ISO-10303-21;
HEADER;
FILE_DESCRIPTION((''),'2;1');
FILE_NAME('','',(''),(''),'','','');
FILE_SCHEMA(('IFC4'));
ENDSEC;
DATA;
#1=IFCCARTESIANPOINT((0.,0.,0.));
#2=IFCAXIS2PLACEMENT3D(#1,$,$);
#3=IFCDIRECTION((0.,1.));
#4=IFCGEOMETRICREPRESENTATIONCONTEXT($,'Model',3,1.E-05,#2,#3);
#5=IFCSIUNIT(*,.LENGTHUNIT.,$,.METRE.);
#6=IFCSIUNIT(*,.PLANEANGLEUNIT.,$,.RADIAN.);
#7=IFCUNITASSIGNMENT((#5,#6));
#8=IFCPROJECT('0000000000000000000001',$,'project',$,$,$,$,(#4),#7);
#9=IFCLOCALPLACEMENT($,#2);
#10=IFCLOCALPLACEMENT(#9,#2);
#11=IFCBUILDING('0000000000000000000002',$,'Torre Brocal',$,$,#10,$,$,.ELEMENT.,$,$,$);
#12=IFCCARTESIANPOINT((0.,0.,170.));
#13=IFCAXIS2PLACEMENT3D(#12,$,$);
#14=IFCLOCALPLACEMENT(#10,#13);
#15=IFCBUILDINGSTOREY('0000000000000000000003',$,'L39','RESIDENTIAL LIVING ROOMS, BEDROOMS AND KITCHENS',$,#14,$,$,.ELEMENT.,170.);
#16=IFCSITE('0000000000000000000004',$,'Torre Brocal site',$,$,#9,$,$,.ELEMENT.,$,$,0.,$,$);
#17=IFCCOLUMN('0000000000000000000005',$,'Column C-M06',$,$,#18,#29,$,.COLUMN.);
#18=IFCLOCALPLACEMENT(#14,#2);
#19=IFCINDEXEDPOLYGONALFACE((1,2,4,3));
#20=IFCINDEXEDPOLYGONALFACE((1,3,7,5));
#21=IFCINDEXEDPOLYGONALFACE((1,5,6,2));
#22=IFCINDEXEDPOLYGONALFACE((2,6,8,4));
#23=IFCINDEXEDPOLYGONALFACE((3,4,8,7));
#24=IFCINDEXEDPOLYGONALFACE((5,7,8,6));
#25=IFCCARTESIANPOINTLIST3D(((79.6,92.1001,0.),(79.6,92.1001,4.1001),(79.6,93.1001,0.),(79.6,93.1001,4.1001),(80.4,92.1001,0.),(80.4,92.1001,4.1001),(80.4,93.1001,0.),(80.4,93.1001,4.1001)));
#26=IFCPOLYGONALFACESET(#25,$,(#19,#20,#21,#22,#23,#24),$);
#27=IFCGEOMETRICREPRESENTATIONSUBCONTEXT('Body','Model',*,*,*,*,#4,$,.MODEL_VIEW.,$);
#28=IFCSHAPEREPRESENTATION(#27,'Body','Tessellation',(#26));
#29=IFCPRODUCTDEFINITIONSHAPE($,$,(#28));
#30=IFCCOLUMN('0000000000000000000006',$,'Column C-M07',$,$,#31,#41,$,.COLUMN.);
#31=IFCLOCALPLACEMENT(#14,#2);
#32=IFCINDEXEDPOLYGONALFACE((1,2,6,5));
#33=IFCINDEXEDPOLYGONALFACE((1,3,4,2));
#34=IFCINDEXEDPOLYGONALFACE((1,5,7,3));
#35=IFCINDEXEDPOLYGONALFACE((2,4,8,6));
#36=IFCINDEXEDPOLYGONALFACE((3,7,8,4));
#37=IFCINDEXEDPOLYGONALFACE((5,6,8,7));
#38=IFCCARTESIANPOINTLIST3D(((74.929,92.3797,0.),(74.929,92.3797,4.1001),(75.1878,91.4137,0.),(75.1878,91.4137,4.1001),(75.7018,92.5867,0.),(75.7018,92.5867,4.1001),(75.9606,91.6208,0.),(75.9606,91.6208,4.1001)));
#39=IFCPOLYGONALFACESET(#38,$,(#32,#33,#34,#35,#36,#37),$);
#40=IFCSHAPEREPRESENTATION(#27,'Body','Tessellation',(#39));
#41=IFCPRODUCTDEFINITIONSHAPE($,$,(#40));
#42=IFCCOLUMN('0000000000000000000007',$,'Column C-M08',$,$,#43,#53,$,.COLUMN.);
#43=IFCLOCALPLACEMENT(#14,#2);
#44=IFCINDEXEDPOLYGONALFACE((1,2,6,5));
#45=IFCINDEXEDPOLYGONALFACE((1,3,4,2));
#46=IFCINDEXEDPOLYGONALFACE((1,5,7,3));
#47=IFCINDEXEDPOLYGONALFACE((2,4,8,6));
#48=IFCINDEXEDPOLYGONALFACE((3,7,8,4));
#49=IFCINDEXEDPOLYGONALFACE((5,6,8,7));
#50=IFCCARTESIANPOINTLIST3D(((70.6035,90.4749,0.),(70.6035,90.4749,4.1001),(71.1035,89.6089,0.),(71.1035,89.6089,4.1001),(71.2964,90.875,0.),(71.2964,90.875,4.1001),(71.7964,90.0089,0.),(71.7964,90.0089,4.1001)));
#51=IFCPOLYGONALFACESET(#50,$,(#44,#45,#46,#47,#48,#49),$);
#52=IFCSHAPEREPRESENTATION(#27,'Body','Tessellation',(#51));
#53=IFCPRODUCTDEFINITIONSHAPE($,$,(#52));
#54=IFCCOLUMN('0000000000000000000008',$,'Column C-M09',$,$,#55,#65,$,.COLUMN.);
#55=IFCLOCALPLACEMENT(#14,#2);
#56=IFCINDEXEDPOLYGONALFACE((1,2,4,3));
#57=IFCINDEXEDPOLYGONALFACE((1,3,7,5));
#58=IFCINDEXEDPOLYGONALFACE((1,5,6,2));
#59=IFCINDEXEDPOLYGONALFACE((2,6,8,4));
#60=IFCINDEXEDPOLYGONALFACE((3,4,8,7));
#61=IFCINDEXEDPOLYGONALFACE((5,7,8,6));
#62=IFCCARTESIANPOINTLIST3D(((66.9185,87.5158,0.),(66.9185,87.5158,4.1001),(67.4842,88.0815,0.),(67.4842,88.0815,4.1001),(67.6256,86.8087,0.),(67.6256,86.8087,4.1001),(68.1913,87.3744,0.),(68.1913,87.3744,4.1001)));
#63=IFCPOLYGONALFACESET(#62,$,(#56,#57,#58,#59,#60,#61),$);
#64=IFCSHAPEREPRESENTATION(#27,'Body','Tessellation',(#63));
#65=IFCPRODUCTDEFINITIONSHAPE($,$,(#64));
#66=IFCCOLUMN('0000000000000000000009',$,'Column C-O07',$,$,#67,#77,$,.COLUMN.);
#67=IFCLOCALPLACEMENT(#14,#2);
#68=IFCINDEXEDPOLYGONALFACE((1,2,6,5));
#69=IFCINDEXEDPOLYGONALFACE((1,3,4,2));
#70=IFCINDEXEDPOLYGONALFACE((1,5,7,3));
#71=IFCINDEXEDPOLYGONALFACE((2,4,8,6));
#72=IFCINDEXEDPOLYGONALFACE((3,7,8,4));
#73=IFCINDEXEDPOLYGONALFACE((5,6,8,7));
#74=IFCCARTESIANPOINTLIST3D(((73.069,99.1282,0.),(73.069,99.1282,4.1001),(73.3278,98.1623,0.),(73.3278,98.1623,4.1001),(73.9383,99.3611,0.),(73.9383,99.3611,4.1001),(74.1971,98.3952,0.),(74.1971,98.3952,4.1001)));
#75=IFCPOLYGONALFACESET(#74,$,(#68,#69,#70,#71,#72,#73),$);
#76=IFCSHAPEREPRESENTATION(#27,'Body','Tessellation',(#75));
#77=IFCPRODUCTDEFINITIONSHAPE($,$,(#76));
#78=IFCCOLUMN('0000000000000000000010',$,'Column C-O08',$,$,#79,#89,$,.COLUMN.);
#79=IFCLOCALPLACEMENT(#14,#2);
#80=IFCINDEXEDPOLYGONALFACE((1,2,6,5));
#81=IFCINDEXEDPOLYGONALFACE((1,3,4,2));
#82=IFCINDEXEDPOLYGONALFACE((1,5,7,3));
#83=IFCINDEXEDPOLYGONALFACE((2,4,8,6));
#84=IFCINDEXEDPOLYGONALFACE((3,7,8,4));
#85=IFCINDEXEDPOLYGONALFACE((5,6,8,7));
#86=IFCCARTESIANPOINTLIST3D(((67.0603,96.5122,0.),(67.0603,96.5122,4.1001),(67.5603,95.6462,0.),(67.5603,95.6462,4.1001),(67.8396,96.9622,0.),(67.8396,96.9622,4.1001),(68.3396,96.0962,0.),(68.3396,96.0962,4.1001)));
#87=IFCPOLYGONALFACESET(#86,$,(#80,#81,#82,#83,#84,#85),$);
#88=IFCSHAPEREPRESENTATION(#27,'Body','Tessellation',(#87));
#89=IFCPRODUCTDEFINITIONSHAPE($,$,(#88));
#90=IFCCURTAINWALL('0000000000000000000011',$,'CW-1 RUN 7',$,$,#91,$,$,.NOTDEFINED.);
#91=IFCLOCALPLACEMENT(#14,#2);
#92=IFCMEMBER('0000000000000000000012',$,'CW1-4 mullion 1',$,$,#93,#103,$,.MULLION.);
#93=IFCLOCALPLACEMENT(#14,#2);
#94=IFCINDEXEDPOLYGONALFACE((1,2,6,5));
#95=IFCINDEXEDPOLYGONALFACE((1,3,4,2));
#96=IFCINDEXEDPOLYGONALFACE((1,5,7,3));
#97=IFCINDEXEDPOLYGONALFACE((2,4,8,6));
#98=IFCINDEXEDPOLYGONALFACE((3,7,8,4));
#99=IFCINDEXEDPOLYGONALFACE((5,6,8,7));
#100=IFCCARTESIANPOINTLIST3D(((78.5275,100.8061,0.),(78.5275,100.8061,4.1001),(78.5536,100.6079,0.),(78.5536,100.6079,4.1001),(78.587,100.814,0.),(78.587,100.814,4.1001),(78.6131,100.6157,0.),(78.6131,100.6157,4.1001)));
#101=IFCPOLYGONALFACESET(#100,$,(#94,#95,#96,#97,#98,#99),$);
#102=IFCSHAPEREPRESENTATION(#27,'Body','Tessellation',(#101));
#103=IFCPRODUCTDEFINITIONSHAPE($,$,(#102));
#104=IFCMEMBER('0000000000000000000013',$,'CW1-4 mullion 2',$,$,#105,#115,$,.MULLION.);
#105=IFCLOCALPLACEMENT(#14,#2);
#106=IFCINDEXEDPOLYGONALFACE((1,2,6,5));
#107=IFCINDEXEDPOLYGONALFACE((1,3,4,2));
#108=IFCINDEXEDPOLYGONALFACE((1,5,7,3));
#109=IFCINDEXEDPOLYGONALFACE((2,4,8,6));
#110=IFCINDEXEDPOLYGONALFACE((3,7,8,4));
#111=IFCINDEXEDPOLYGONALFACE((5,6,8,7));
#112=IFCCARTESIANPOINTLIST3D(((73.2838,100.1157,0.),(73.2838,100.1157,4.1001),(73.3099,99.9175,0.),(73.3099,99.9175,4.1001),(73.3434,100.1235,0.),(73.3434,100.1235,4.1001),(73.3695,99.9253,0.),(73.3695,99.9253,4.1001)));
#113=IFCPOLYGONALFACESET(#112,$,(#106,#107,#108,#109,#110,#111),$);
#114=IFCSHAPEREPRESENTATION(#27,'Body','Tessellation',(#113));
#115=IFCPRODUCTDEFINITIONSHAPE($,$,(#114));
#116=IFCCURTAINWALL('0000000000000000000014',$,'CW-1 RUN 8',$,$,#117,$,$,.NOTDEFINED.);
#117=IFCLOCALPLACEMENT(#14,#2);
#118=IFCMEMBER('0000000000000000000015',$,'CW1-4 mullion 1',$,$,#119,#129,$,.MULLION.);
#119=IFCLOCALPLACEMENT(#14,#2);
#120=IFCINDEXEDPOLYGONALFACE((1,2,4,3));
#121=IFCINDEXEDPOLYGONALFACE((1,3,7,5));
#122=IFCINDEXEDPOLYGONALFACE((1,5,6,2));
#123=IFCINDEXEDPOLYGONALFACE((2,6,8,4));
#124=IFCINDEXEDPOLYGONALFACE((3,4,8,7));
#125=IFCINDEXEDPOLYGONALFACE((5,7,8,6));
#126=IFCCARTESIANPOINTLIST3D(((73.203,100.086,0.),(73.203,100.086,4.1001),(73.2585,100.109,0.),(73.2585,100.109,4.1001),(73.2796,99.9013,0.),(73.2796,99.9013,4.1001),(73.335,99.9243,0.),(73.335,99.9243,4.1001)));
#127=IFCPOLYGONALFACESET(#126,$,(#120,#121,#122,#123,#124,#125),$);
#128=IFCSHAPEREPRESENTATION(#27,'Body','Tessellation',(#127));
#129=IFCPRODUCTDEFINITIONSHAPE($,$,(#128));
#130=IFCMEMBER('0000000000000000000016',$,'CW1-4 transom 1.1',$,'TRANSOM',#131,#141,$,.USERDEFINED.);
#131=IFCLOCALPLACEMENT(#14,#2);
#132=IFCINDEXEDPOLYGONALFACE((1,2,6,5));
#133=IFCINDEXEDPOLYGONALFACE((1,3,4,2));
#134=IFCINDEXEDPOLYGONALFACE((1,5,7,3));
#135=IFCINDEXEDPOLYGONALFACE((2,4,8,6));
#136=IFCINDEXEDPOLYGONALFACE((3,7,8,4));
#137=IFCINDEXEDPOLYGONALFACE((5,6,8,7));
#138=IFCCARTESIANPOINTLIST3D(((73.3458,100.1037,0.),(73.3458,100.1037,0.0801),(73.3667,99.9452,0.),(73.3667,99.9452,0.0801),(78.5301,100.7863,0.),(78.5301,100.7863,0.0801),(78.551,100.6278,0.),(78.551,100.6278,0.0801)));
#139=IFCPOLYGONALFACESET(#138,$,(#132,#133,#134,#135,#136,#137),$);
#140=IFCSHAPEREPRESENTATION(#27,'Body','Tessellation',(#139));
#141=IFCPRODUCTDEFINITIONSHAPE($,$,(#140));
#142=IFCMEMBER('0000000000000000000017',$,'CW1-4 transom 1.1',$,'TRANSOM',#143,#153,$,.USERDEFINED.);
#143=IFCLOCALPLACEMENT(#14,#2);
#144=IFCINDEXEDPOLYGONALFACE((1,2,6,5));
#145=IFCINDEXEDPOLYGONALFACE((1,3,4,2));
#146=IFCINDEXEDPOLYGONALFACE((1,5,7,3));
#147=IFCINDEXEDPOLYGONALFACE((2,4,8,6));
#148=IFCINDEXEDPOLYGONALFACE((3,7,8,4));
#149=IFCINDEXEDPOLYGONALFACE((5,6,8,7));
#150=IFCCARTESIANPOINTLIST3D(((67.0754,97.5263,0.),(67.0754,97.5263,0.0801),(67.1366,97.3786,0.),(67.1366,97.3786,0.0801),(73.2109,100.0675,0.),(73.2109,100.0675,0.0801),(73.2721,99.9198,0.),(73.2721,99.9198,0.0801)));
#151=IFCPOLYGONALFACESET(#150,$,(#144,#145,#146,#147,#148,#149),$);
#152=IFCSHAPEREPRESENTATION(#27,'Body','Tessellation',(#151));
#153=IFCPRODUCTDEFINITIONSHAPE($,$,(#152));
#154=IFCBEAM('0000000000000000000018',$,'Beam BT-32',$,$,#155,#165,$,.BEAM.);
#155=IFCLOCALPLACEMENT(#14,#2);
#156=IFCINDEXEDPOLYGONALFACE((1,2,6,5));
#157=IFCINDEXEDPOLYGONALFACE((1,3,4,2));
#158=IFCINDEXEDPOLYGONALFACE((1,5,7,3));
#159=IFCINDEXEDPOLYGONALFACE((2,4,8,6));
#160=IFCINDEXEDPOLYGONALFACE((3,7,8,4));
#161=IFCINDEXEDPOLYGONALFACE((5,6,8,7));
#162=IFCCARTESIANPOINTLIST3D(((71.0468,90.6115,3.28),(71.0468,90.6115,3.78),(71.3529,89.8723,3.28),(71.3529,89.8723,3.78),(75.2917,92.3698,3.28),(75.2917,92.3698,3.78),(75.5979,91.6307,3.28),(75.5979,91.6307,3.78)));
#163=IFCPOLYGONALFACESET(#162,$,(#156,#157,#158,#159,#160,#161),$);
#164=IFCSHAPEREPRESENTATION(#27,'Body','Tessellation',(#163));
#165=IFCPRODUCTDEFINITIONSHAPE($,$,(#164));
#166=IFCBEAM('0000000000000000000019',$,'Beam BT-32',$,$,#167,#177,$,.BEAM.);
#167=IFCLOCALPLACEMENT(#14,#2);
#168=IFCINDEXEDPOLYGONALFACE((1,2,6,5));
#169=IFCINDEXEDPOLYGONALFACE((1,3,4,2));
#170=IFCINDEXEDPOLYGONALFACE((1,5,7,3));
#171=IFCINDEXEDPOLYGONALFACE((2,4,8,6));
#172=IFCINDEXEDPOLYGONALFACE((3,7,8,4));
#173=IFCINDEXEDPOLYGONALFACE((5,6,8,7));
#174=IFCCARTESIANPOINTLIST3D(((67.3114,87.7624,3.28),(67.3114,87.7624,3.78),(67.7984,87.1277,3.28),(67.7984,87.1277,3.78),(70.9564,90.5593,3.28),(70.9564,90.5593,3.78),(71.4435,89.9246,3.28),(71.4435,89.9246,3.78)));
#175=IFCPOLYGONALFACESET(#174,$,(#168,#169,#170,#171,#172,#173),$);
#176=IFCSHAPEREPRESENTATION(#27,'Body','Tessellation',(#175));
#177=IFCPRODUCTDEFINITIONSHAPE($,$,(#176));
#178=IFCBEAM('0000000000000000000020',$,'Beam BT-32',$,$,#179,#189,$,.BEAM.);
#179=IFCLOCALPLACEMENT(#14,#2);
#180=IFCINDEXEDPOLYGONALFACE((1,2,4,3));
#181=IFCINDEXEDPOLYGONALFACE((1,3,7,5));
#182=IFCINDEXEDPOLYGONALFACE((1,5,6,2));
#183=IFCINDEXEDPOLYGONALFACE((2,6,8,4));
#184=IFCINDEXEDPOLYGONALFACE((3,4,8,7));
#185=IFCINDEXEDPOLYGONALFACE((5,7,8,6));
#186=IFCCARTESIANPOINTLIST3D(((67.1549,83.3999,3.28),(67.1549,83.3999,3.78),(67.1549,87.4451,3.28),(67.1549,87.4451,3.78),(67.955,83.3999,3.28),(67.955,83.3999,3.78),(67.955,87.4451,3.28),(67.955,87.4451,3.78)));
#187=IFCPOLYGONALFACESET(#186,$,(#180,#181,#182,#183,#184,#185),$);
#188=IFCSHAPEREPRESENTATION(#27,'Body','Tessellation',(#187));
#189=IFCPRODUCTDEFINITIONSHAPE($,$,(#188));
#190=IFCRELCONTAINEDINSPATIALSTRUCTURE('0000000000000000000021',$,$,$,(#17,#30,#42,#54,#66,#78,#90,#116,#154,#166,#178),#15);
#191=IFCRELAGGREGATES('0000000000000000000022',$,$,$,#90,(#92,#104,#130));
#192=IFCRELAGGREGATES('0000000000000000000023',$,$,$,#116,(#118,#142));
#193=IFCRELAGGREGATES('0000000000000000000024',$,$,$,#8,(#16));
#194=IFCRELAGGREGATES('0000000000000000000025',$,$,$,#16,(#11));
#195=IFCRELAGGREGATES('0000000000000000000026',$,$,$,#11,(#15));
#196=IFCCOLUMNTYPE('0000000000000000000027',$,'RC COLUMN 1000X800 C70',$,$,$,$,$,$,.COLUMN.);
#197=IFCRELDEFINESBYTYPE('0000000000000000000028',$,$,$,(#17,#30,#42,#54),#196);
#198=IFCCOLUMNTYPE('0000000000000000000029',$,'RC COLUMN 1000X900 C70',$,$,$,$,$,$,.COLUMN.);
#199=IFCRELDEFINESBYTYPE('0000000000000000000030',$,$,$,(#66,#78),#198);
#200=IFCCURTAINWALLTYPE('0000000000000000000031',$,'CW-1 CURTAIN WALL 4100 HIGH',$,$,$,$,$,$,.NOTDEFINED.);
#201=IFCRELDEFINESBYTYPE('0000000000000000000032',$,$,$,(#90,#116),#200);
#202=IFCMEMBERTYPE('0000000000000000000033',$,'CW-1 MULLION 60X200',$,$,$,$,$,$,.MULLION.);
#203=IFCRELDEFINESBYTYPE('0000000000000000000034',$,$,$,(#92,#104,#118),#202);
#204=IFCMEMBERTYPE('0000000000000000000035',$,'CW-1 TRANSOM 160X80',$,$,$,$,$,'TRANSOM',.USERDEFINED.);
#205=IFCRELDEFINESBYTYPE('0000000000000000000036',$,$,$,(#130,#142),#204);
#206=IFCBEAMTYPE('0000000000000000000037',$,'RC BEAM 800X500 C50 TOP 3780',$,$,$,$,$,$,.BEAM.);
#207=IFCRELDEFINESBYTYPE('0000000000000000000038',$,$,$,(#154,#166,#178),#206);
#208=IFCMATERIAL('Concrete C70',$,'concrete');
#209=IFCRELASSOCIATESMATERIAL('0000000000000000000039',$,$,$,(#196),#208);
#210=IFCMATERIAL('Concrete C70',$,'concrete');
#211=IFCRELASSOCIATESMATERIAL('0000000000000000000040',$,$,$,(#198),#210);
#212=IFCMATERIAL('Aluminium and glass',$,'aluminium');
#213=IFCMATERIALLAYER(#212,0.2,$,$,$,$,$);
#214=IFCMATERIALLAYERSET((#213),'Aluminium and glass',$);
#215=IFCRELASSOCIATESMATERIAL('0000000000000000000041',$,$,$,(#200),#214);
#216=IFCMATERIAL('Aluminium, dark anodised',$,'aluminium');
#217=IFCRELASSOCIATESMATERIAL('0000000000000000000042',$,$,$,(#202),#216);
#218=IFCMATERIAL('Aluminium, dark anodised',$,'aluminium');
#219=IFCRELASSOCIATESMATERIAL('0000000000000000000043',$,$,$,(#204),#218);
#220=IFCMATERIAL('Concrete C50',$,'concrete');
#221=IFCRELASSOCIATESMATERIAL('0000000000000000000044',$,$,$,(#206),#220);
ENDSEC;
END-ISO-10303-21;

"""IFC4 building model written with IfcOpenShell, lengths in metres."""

from ifc_helpers import new_model, si_unit, direction, frame, origin, origin_2d, place, context, subcontext, project, spatial, rectangle, extrude, material, layer, layer_set, material_profile, profile_set, type_object, element, aggregate, save


model = new_model("IFC4")

# Units and contexts
model_context = context("Model", 3, precision=1e-05, world=origin(), true_north=direction((0.0, 1.0)))
body_context = subcontext(model_context, "Body", "Model", "MODEL_VIEW")
ifc_project = project(units=[si_unit("LENGTHUNIT", "METRE"), si_unit("PLANEANGLEUNIT", "RADIAN")], contexts=[model_context])

# Site, building, storey
site_placement = place(None, origin())
site = spatial("IfcSite", under=ifc_project, at=site_placement, Name="Torre Brocal site", CompositionType="ELEMENT", RefElevation=0.0)
building_placement = place(site_placement, origin())
building = spatial("IfcBuilding", under=site, at=building_placement, Name="Torre Brocal", CompositionType="ELEMENT")
storey_placement = place(building_placement, frame((0.0, 0.0, 170.0)))
storey = spatial("IfcBuildingStorey", under=building, at=storey_placement, Name="L39", Description="RESIDENTIAL LIVING ROOMS, BEDROOMS AND KITCHENS", CompositionType="ELEMENT", Elevation=170.0)

# Columns
ifc_material_1 = material(Name="Concrete C70", Category="concrete")
ifc_material_profile_1 = material_profile(ifc_material_1, rectangle(XDim=1.0, YDim=0.8, at=origin_2d()), Name="RC 1000X800")
ifc_profile_set_1 = profile_set([ifc_material_profile_1], Name="Concrete C70")
column_type_1 = type_object("IfcColumnType", Name="RC COLUMN 1000X800 C70", PredefinedType="COLUMN", material=ifc_profile_set_1)
for number, where, z_axis, x_axis, name in (
    (1, (80.0, 92.6001, 0.0), (0.0, 0.0, 1.0), (0.0, 1.0, 0.0), "Column C-M06"),
    (2, (75.4448, 92.0002, 0.0), (0.0, 0.0, 1.0), (-0.258819, 0.965926, 0.0), "Column C-M07"),
    (3, (71.2, 90.2419, 0.0), (0.0, 0.0, 1.0), (-0.5, 0.866025, 0.0), "Column C-M08"),
    (4, (67.5549, 87.4451, 0.0), (0.0, 0.0, 1.0), (-0.707107, 0.707107, 0.0), "Column C-M09"),
):
    element("IfcColumn", number, at=place(storey_placement, frame(where, z_axis=z_axis, x_axis=x_axis)), inside=storey, type_object=column_type_1, Name=name, PredefinedType="COLUMN", context=body_context, shape_type="SweptSolid", body=[
        extrude(rectangle(XDim=1.0, YDim=0.8, at=origin_2d()), origin(), (0.0, 0.0, 1.0), 4.1001),
    ])
ifc_material_2 = material(Name="Concrete C70", Category="concrete")
ifc_material_profile_2 = material_profile(ifc_material_2, rectangle(XDim=1.0, YDim=0.8999, at=origin_2d()), Name="RC 1000X900")
ifc_profile_set_2 = profile_set([ifc_material_profile_2], Name="Concrete C70")
column_type_2 = type_object("IfcColumnType", Name="RC COLUMN 1000X900 C70", PredefinedType="COLUMN", material=ifc_profile_set_2)
for number, where, z_axis, x_axis, name in (
    (5, (73.6331, 98.7617, 0.0), (0.0, 0.0, 1.0), (-0.258819, 0.965926, 0.0), "Column C-O07"),
    (6, (67.7, 96.3042, 0.0), (0.0, 0.0, 1.0), (-0.5, 0.866025, 0.0), "Column C-O08"),
):
    element("IfcColumn", number, at=place(storey_placement, frame(where, z_axis=z_axis, x_axis=x_axis)), inside=storey, type_object=column_type_2, Name=name, PredefinedType="COLUMN", context=body_context, shape_type="SweptSolid", body=[
        extrude(rectangle(XDim=1.0, YDim=0.8999, at=origin_2d()), origin(), (0.0, 0.0, 1.0), 4.1001),
    ])

# Curtain wall, members
ifc_material_3 = material(Name="Aluminium and glass", Category="aluminium")
ifc_layer_1 = layer(ifc_material_3, 0.2)
ifc_layer_set_1 = layer_set([ifc_layer_1], Name="Aluminium and glass")
curtain_wall_type = type_object("IfcCurtainWallType", Name="CW-1 CURTAIN WALL 4100 HIGH", PredefinedType="NOTDEFINED", material=ifc_layer_set_1)
curtain_wall_1_placement = place(storey_placement, origin())
curtain_wall_1 = element("IfcCurtainWall", 7, at=curtain_wall_1_placement, inside=storey, type_object=curtain_wall_type, Name="CW-1 RUN 7", PredefinedType="NOTDEFINED")
ifc_material_4 = material(Name="Aluminium, dark anodised", Category="aluminium")
ifc_material_profile_3 = material_profile(ifc_material_4, rectangle(XDim=0.2, YDim=0.0601, at=origin_2d()), Name="CW-1 MULLION 60X200")
ifc_profile_set_3 = profile_set([ifc_material_profile_3], Name="Aluminium, dark anodised")
member_type_1 = type_object("IfcMemberType", Name="CW-1 MULLION 60X200", PredefinedType="MULLION", material=ifc_profile_set_3)
member_1_placement = place(storey_placement, frame((78.5703, 100.7109, 0.0), z_axis=(0.0, 0.0, 1.0), x_axis=(0.130526, -0.991445, 0.0)))
member_1 = element("IfcMember", 8, at=member_1_placement, type_object=member_type_1, Name="CW1-4 mullion 1", PredefinedType="MULLION", context=body_context, shape_type="SweptSolid", body=[
    extrude(rectangle(XDim=0.2, YDim=0.0601, at=origin_2d()), origin(), (0.0, 0.0, 1.0), 4.1001),
])
member_2_placement = place(storey_placement, frame((73.3267, 100.0205, 0.0), z_axis=(0.0, 0.0, 1.0), x_axis=(0.130526, -0.991445, 0.0)))
member_2 = element("IfcMember", 9, at=member_2_placement, type_object=member_type_1, Name="CW1-4 mullion 2", PredefinedType="MULLION", context=body_context, shape_type="SweptSolid", body=[
    extrude(rectangle(XDim=0.2, YDim=0.0601, at=origin_2d()), origin(), (0.0, 0.0, 1.0), 4.1001),
])

# Curtain wall, member
curtain_wall_2_placement = place(storey_placement, origin())
curtain_wall_2 = element("IfcCurtainWall", 10, at=curtain_wall_2_placement, inside=storey, type_object=curtain_wall_type, Name="CW-1 RUN 8", PredefinedType="NOTDEFINED")
member_3_placement = place(storey_placement, frame((73.269, 100.0051, 0.0), z_axis=(0.0, 0.0, 1.0), x_axis=(0.382683, -0.92388, 0.0)))
member_3 = element("IfcMember", 11, at=member_3_placement, type_object=member_type_1, Name="CW1-4 mullion 1", PredefinedType="MULLION", context=body_context, shape_type="SweptSolid", body=[
    extrude(rectangle(XDim=0.2, YDim=0.0601, at=origin_2d()), origin(), (0.0, 0.0, 1.0), 4.1001),
])

# Members
ifc_material_5 = material(Name="Aluminium, dark anodised", Category="aluminium")
ifc_material_profile_4 = material_profile(ifc_material_5, rectangle(XDim=0.1599, YDim=0.0801, at=origin_2d()), Name="CW-1 TRANSOM 160X80")
ifc_profile_set_4 = profile_set([ifc_material_profile_4], Name="Aluminium, dark anodised")
member_type_2 = type_object("IfcMemberType", Name="CW-1 TRANSOM 160X80", ElementType="TRANSOM", PredefinedType="USERDEFINED", material=ifc_profile_set_4)
member_4_placement = place(storey_placement, frame((78.5405, 100.707, 0.04), z_axis=(-0.991443, -0.130543, 0.0), x_axis=(0.130543, -0.991443, 0.0)))
member_4 = element("IfcMember", 12, at=member_4_placement, type_object=member_type_2, Name="CW1-4 transom 1.1", ObjectType="TRANSOM", PredefinedType="USERDEFINED", context=body_context, shape_type="SweptSolid", body=[
    extrude(rectangle(XDim=0.1599, YDim=0.0801, at=origin_2d()), origin(), (0.0, 0.0, 1.0), 5.229),
])
member_5_placement = place(storey_placement, frame((73.2415, 99.9937, 0.04), z_axis=(-0.923887, -0.382665, 0.0), x_axis=(0.382665, -0.923887, 0.0)))
member_5 = element("IfcMember", 13, at=member_5_placement, type_object=member_type_2, Name="CW1-4 transom 1.1", ObjectType="TRANSOM", PredefinedType="USERDEFINED", context=body_context, shape_type="SweptSolid", body=[
    extrude(rectangle(XDim=0.1599, YDim=0.0801, at=origin_2d()), origin(), (0.0, 0.0, 1.0), 6.6409),
])

# Beams
ifc_material_6 = material(Name="Concrete C50", Category="concrete")
ifc_material_profile_5 = material_profile(ifc_material_6, rectangle(XDim=0.8, YDim=0.5, at=origin_2d()), Name="RC 800X500")
ifc_profile_set_5 = profile_set([ifc_material_profile_5], Name="Concrete C50")
beam_type_1 = type_object("IfcBeamType", Name="RC BEAM 800X500 C50 TOP 3780", PredefinedType="BEAM", material=ifc_profile_set_5)
beam_1_placement = place(storey_placement, frame((75.4448, 92.0002, 3.53), z_axis=(-0.923878, -0.382687, 0.0), x_axis=(0.382687, -0.923878, 0.0)))
element("IfcBeam", 14, at=beam_1_placement, inside=storey, type_object=beam_type_1, Name="Beam BT-32", PredefinedType="BEAM", context=body_context, shape_type="SweptSolid", body=[
    extrude(rectangle(XDim=0.8, YDim=0.5, at=origin_2d()), origin(), (0.0, 0.0, 1.0), 4.5947),
])
beam_2_placement = place(storey_placement, frame((71.2, 90.2419, 3.53), z_axis=(-0.793358, -0.608755, 0.0), x_axis=(0.608755, -0.793358, 0.0)))
element("IfcBeam", 15, at=beam_2_placement, inside=storey, type_object=beam_type_1, Name="Beam BT-32", PredefinedType="BEAM", context=body_context, shape_type="SweptSolid", body=[
    extrude(rectangle(XDim=0.8, YDim=0.5, at=origin_2d()), origin(), (0.0, 0.0, 1.0), 4.5945),
])
beam_3_placement = place(storey_placement, frame((67.5549, 87.4451, 3.53), z_axis=(0.0, -1.0, 0.0), x_axis=(1.0, 0.0, 0.0)))
element("IfcBeam", 16, at=beam_3_placement, inside=storey, type_object=beam_type_1, Name="Beam BT-32", PredefinedType="BEAM", context=body_context, shape_type="SweptSolid", body=[
    extrude(rectangle(XDim=0.8, YDim=0.5, at=origin_2d()), origin(), (0.0, 0.0, 1.0), 4.0452),
])

aggregate(curtain_wall_1, [member_1, member_2, member_4])
aggregate(curtain_wall_2, [member_3, member_5])

save(model, "model.ifc")
